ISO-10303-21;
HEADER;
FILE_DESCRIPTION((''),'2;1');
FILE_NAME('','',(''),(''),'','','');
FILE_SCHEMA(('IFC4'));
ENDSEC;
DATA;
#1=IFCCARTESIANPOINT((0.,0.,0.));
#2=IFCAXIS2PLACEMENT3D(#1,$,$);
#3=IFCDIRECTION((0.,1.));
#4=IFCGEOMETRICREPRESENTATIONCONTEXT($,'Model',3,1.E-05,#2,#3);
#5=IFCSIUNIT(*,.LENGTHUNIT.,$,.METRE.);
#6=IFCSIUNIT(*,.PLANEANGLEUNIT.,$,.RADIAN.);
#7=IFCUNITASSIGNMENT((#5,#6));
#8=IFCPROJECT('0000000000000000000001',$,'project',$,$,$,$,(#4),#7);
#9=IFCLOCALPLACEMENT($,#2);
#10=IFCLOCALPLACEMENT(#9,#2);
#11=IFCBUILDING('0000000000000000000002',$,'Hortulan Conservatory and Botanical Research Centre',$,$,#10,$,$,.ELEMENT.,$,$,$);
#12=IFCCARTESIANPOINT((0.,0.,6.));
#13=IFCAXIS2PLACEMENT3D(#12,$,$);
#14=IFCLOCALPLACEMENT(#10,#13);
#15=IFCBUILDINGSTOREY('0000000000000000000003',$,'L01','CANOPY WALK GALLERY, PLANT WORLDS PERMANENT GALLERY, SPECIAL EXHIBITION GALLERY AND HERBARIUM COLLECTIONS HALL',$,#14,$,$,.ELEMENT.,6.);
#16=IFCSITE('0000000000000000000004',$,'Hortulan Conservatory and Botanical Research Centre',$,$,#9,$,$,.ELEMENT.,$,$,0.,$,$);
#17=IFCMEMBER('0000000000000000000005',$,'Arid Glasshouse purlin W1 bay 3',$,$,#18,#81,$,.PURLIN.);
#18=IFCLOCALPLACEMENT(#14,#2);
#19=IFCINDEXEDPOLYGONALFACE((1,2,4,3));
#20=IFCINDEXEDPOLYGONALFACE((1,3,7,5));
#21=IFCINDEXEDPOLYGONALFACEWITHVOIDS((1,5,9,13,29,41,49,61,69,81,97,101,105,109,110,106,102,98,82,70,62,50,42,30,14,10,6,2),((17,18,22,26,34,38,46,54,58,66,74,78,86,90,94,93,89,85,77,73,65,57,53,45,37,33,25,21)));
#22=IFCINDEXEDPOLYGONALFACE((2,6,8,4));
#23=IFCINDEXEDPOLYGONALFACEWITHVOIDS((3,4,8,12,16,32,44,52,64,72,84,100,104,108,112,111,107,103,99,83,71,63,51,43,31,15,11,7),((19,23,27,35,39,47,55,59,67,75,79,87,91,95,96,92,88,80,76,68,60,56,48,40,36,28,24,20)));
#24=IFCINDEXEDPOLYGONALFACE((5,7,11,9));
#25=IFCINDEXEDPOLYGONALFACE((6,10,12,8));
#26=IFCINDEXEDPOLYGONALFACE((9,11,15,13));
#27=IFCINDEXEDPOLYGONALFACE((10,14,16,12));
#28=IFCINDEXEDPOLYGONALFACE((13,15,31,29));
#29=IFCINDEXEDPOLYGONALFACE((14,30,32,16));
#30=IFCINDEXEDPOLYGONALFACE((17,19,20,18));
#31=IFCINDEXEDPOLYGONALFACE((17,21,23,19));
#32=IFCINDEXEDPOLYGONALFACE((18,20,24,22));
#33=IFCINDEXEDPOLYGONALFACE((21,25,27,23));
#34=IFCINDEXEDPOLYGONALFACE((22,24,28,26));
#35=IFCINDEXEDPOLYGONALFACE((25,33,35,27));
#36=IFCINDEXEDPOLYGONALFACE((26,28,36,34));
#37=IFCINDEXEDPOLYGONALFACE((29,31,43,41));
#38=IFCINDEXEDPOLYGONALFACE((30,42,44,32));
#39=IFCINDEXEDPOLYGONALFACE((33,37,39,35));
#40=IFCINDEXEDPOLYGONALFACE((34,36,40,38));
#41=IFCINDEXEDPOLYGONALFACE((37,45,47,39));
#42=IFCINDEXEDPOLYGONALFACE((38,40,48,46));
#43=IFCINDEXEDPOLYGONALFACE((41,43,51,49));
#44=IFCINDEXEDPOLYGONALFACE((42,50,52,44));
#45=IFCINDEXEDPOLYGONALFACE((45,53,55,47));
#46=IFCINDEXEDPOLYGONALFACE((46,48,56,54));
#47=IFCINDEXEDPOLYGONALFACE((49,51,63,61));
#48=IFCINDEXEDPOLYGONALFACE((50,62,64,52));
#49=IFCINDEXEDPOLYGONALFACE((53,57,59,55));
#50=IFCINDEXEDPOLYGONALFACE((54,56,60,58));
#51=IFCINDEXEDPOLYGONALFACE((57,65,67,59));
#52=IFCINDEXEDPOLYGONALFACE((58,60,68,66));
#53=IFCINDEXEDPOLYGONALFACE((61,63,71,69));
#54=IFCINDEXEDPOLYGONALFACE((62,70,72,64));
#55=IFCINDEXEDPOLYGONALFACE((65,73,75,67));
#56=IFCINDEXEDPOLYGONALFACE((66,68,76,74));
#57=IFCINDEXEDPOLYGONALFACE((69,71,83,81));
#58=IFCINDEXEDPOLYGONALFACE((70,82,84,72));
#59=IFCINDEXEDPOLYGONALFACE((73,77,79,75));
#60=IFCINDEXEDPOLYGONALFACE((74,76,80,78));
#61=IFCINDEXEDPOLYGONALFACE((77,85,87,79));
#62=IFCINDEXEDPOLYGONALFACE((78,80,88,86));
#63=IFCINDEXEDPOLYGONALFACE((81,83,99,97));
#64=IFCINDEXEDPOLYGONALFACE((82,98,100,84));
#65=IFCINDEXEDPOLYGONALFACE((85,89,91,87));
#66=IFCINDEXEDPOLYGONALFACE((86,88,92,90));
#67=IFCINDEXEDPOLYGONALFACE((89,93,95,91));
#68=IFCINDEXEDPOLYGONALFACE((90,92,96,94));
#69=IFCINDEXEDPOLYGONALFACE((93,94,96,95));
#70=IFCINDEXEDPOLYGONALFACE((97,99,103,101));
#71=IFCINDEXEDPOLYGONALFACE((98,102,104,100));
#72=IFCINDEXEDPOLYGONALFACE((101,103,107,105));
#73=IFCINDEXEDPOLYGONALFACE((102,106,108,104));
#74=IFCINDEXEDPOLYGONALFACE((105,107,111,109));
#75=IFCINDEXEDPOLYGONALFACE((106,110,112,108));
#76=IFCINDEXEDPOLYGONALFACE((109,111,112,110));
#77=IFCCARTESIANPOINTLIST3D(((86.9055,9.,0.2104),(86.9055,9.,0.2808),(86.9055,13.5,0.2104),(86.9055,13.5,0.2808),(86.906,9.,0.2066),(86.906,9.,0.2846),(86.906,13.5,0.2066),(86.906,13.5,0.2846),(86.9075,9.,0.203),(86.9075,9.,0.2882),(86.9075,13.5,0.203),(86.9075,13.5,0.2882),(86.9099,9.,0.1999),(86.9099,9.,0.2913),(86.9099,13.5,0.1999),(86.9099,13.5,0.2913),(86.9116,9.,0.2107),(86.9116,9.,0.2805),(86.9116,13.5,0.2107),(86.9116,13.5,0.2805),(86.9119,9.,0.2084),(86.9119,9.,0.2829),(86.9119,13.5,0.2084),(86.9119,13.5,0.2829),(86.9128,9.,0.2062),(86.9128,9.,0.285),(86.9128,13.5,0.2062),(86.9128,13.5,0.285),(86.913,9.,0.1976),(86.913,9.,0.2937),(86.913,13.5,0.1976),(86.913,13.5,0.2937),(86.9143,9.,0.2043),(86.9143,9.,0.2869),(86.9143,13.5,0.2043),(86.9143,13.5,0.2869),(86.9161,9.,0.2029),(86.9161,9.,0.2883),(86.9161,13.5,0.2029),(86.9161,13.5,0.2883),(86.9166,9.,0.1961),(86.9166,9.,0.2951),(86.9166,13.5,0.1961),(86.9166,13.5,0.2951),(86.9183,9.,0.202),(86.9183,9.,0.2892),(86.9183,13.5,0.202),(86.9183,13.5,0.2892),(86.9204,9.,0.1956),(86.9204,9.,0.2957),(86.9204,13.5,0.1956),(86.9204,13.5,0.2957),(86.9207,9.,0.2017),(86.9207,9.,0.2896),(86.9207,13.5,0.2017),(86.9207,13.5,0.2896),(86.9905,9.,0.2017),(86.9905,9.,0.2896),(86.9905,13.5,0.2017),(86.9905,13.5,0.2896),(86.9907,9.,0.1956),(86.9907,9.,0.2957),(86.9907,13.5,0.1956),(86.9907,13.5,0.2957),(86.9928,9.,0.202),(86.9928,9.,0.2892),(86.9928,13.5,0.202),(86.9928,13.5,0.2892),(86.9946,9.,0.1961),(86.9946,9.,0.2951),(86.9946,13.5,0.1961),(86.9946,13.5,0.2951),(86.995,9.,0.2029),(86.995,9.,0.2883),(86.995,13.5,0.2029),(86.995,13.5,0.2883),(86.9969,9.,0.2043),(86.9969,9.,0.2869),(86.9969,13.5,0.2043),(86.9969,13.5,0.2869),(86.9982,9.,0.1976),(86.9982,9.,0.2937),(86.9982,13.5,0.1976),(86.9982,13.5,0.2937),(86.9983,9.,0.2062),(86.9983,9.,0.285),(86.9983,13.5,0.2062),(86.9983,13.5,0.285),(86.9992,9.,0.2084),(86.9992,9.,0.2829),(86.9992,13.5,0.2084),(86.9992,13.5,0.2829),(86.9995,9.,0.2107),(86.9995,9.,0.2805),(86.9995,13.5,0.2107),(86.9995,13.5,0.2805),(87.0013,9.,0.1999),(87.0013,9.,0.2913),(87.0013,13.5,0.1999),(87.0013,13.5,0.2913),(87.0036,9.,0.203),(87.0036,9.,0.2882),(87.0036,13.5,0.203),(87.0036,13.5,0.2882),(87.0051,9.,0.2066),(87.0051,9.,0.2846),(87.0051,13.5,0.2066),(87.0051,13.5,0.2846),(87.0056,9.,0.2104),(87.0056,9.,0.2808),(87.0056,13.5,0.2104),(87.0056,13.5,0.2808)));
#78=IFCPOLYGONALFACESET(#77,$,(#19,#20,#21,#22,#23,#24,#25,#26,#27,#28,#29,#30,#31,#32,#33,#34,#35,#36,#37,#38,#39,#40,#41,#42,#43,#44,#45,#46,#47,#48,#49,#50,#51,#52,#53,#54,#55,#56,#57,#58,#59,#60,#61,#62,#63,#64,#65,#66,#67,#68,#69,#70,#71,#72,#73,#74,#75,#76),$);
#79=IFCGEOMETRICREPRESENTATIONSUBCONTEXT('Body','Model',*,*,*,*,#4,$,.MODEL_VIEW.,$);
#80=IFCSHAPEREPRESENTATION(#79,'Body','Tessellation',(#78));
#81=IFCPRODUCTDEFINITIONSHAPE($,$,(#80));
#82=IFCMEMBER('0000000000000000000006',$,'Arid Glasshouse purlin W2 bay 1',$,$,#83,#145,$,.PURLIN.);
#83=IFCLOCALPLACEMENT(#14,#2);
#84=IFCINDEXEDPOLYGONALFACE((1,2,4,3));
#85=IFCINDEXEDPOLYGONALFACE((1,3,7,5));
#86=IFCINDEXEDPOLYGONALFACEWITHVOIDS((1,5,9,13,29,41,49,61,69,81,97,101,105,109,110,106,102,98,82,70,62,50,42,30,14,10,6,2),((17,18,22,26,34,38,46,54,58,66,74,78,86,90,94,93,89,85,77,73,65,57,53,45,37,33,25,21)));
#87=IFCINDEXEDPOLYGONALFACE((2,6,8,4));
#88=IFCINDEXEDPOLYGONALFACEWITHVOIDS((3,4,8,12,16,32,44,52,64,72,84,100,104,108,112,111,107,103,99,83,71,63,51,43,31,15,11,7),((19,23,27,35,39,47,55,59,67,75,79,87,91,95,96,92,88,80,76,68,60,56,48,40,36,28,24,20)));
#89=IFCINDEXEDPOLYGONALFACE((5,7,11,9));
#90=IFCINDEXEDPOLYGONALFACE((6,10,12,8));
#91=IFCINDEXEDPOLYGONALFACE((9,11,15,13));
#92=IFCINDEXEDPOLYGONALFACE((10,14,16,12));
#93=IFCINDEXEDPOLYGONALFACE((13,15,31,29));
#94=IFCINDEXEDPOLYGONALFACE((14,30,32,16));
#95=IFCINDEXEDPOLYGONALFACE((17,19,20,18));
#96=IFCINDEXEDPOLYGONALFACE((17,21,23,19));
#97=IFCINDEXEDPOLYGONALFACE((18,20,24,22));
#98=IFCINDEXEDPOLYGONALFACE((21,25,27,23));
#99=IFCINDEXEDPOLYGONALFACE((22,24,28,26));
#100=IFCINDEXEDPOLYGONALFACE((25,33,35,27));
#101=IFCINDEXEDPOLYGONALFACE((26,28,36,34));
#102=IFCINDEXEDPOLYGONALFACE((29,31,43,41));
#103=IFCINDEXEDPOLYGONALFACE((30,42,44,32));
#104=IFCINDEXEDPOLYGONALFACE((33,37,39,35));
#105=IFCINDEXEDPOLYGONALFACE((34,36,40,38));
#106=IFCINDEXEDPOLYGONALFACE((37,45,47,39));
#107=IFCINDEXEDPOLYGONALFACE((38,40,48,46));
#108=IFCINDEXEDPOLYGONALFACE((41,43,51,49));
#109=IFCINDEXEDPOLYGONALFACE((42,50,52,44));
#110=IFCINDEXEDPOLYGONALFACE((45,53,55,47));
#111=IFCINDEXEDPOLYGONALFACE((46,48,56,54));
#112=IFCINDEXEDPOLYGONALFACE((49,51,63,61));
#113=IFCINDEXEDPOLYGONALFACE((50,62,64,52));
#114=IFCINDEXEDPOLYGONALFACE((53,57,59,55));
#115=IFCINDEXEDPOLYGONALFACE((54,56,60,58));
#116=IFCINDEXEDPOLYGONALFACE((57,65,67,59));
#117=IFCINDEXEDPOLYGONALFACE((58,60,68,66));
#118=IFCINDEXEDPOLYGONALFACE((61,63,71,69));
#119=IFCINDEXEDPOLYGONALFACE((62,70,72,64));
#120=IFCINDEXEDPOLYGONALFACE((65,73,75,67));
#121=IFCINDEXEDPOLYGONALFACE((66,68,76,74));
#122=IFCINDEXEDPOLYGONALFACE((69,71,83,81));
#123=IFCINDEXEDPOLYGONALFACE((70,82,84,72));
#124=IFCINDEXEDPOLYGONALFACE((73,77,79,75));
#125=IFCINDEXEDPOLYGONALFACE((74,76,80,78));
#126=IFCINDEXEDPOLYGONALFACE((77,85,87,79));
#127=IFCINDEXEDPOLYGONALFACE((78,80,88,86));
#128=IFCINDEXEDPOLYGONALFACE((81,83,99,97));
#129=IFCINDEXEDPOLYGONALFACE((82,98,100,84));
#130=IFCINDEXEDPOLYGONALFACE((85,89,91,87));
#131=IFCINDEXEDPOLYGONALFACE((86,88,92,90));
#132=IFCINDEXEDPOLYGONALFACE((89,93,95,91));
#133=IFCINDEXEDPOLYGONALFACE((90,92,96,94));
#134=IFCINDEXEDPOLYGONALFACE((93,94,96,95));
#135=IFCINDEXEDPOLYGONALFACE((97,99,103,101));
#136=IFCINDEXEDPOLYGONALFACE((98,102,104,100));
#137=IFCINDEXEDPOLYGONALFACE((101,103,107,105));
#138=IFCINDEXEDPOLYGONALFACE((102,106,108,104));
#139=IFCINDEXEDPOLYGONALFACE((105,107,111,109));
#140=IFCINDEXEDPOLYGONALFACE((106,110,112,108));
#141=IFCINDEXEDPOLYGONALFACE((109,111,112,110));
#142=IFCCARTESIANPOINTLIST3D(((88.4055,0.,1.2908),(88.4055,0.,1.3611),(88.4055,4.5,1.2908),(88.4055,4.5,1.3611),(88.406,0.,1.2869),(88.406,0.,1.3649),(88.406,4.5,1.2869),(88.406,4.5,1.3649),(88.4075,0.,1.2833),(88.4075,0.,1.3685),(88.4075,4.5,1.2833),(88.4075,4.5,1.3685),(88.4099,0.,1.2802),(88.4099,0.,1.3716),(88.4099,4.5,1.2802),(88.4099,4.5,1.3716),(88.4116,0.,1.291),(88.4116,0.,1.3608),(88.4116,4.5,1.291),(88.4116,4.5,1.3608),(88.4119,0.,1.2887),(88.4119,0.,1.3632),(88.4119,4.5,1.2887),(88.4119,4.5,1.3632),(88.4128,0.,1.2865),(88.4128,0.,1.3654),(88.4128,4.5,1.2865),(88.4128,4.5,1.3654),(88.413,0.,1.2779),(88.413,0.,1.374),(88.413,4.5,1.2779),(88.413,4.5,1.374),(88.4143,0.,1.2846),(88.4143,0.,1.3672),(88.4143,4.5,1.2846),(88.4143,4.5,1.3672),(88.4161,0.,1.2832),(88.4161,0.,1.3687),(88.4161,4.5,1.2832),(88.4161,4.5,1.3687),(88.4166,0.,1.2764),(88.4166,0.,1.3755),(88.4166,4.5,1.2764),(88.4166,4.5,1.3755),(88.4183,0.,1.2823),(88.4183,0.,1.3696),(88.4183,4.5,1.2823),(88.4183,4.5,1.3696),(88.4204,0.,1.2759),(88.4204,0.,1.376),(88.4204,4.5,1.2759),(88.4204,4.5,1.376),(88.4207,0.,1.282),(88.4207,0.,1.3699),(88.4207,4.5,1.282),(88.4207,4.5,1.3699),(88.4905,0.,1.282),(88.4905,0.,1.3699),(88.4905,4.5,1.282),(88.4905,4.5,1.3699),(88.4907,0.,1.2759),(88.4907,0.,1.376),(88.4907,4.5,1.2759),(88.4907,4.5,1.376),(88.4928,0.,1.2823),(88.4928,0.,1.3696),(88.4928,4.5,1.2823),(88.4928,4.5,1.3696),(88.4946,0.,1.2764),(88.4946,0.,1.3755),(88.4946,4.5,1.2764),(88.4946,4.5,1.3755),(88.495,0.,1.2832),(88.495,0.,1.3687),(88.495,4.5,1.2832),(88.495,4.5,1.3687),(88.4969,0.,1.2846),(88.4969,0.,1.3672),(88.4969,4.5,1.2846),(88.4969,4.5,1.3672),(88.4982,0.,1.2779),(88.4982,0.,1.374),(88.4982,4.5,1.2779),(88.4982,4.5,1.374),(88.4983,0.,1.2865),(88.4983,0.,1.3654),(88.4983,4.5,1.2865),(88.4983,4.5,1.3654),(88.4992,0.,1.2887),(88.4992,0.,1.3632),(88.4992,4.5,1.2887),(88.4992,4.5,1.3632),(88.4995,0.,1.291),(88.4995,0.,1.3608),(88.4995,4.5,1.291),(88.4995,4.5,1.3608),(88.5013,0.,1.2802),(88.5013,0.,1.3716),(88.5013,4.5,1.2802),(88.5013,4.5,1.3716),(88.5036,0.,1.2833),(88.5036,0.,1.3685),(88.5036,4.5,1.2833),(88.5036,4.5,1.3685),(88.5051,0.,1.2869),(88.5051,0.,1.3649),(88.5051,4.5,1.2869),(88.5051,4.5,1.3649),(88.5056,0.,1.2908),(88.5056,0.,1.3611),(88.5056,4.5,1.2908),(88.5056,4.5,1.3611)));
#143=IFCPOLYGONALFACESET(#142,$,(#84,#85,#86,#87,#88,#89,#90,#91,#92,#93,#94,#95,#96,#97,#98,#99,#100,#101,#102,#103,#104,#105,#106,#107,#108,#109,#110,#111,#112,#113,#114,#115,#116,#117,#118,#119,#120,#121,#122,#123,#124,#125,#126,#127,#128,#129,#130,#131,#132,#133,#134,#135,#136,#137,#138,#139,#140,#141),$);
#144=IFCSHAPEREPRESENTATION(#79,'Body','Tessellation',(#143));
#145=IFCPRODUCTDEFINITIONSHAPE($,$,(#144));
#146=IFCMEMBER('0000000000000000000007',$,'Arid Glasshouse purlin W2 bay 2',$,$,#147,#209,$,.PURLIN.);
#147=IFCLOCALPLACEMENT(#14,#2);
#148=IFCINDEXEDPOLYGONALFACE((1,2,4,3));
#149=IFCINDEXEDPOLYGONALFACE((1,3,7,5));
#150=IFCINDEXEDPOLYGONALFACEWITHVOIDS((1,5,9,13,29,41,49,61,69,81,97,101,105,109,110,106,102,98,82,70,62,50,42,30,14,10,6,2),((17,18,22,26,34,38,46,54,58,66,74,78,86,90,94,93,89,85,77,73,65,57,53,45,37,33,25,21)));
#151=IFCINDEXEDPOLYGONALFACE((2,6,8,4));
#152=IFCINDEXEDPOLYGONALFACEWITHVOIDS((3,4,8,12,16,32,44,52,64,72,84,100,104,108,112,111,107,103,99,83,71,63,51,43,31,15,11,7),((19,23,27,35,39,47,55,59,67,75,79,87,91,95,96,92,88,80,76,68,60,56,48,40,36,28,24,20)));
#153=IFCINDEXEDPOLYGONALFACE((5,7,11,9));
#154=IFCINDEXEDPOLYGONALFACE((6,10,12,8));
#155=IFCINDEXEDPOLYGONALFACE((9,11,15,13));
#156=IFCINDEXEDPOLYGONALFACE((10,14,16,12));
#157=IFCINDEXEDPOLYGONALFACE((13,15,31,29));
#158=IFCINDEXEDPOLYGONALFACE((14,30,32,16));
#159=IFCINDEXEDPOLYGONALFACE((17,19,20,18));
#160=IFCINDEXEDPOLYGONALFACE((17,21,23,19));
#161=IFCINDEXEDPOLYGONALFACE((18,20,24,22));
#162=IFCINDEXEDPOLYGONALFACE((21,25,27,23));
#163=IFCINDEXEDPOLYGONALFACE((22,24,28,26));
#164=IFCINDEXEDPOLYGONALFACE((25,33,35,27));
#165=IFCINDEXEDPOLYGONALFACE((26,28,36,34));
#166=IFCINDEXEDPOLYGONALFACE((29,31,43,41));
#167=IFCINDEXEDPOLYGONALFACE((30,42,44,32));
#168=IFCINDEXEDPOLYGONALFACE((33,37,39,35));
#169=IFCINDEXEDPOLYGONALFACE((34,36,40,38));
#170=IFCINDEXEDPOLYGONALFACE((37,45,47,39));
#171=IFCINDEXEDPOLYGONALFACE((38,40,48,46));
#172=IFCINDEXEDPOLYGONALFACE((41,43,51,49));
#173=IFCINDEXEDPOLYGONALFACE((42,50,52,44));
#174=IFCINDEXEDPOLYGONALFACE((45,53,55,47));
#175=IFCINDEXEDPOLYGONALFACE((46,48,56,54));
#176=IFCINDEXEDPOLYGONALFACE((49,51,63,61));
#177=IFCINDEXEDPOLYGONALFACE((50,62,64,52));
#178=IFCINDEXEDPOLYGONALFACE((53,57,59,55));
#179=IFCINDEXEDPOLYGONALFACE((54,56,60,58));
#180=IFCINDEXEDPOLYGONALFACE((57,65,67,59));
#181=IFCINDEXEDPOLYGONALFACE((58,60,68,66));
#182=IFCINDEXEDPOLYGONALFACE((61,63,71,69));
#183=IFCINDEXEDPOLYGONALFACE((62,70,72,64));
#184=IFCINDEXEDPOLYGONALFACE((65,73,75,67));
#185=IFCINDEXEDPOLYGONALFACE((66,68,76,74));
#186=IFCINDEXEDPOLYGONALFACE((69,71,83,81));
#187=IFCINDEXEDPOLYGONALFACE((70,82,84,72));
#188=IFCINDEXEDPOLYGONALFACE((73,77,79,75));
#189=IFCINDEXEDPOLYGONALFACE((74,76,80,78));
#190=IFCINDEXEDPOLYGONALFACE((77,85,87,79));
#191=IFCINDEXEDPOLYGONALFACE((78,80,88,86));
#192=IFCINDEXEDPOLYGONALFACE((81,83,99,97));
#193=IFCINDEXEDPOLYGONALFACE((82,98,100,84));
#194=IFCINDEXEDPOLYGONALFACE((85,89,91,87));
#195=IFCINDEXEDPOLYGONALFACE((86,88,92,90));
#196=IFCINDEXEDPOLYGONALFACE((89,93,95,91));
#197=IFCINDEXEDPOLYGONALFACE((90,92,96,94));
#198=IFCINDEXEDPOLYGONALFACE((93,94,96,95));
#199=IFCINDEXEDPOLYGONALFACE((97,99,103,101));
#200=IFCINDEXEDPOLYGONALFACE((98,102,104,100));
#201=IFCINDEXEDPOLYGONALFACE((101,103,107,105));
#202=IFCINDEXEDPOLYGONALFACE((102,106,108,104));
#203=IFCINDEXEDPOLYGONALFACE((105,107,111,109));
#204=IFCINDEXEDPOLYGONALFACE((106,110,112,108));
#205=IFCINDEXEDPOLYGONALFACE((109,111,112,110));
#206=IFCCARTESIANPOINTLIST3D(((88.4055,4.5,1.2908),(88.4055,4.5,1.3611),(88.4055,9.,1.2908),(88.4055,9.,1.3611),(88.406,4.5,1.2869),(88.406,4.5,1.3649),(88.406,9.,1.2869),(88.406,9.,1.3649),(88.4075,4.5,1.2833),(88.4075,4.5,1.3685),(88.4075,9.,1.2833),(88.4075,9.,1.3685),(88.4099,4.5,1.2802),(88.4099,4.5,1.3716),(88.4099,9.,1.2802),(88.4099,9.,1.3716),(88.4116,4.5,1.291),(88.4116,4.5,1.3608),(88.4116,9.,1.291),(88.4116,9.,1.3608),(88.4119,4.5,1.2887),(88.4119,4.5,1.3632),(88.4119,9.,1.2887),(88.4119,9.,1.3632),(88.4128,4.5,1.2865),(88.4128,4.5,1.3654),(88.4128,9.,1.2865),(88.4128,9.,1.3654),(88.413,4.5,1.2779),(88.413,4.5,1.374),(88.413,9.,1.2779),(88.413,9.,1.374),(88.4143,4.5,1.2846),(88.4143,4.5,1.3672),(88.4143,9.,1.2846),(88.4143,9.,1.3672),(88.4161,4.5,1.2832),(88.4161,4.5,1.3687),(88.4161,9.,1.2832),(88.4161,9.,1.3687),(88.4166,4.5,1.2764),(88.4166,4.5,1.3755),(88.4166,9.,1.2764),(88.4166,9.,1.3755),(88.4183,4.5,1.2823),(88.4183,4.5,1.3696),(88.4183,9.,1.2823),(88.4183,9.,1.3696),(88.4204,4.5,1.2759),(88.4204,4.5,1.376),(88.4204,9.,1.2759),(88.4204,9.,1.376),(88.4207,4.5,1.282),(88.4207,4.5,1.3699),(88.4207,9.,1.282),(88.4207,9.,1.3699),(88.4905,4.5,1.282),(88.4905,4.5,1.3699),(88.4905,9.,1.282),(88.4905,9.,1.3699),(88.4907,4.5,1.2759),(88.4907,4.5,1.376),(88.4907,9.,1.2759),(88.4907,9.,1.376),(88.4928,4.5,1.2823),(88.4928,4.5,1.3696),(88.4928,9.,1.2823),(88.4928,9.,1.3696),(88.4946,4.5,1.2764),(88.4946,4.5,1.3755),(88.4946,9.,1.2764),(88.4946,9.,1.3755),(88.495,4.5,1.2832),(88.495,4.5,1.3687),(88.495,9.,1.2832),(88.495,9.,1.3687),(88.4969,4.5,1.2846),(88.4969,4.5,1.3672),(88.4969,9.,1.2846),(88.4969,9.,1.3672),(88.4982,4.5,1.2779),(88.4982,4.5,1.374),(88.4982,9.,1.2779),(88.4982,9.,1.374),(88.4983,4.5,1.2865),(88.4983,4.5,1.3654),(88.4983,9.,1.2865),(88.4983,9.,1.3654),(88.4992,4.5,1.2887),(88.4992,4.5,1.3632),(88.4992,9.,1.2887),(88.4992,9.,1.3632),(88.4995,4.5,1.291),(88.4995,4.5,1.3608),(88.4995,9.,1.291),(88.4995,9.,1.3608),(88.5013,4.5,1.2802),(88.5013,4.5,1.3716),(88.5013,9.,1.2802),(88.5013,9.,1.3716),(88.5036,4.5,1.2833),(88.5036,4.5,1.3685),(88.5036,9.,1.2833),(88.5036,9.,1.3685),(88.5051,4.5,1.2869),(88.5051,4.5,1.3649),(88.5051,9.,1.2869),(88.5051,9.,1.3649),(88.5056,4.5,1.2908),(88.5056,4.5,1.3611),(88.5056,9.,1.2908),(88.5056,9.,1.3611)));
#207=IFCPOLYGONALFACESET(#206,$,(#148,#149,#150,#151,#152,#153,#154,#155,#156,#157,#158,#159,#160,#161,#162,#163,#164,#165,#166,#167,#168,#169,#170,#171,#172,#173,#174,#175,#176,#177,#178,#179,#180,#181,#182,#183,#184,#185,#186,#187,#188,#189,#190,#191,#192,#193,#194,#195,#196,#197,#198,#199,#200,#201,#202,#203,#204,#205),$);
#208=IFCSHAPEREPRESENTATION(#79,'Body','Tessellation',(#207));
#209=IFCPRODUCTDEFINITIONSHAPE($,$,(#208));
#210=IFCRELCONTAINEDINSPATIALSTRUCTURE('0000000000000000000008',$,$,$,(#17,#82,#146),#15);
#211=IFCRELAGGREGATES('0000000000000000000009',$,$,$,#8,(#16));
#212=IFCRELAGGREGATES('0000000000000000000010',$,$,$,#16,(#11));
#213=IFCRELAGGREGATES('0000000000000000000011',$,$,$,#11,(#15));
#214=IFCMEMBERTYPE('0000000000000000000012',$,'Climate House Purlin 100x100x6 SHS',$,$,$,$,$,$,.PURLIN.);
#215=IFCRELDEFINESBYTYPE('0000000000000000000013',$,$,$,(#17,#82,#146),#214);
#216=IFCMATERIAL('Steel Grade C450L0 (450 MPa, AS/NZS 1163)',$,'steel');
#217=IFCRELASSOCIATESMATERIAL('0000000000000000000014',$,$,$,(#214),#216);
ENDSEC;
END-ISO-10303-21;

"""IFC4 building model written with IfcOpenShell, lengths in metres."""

from ifc_helpers import new_model, si_unit, direction, frame, origin, origin_2d, place, context, subcontext, project, spatial, hollow_rectangle, extrude, material, material_profile, profile_set, type_object, element, save


model = new_model("IFC4")

# Units and contexts
model_context = context("Model", 3, precision=1e-05, world=origin(), true_north=direction((0.0, 1.0)))
body_context = subcontext(model_context, "Body", "Model", "MODEL_VIEW")
ifc_project = project(units=[si_unit("LENGTHUNIT", "METRE"), si_unit("PLANEANGLEUNIT", "RADIAN")], contexts=[model_context])

# Site, building, storey
site_placement = place(None, origin())
site = spatial("IfcSite", under=ifc_project, at=site_placement, Name="Hortulan Conservatory and Botanical Research Centre", CompositionType="ELEMENT", RefElevation=0.0)
building_placement = place(site_placement, origin())
building = spatial("IfcBuilding", under=site, at=building_placement, Name="Hortulan Conservatory and Botanical Research Centre", CompositionType="ELEMENT")
storey_placement = place(building_placement, frame((0.0, 0.0, 6.0)))
storey = spatial("IfcBuildingStorey", under=building, at=storey_placement, Name="L01", Description="CANOPY WALK GALLERY, PLANT WORLDS PERMANENT GALLERY, SPECIAL EXHIBITION GALLERY AND HERBARIUM COLLECTIONS HALL", CompositionType="ELEMENT", Elevation=6.0)

# Members
ifc_material_1 = material(Name="Steel Grade C450L0 (450 MPa, AS/NZS 1163)", Category="steel")
ifc_material_profile_1 = material_profile(ifc_material_1, hollow_rectangle(XDim=0.1001, YDim=0.1001, WallThickness=0.0061, InnerFilletRadius=0.009, OuterFilletRadius=0.0149, at=origin_2d()), Name="100x100x6SHS")
ifc_profile_set_1 = profile_set([ifc_material_profile_1], Name="Steel Grade C450L0 (450 MPa, AS/NZS 1163)")
member_type_1 = type_object("IfcMemberType", Name="Climate House Purlin 100x100x6 SHS", PredefinedType="PURLIN", material=ifc_profile_set_1)
for number, where, z_axis, x_axis, name in (
    (1, (86.9556, 9.0, 0.2456), (0.0, 1.0, 0.0), (-1.0, 0.0, 0.0), "Arid Glasshouse purlin W1 bay 3"),
    (2, (88.4556, 0.0, 1.3259), (0.0, 1.0, 0.0), (-1.0, 0.0, 0.0), "Arid Glasshouse purlin W2 bay 1"),
    (3, (88.4556, 4.5, 1.3259), (0.0, 1.0, 0.0), (-1.0, 0.0, 0.0), "Arid Glasshouse purlin W2 bay 2"),
):
    element("IfcMember", number, at=place(storey_placement, frame(where, z_axis=z_axis, x_axis=x_axis)), inside=storey, type_object=member_type_1, Name=name, PredefinedType="PURLIN", context=body_context, shape_type="SweptSolid", body=[
        extrude(hollow_rectangle(XDim=0.1001, YDim=0.1001, WallThickness=0.0061, InnerFilletRadius=0.009, OuterFilletRadius=0.0149, at=origin_2d()), origin(), (0.0, 0.0, 1.0), 4.5),
    ])

save(model, "model.ifc")
